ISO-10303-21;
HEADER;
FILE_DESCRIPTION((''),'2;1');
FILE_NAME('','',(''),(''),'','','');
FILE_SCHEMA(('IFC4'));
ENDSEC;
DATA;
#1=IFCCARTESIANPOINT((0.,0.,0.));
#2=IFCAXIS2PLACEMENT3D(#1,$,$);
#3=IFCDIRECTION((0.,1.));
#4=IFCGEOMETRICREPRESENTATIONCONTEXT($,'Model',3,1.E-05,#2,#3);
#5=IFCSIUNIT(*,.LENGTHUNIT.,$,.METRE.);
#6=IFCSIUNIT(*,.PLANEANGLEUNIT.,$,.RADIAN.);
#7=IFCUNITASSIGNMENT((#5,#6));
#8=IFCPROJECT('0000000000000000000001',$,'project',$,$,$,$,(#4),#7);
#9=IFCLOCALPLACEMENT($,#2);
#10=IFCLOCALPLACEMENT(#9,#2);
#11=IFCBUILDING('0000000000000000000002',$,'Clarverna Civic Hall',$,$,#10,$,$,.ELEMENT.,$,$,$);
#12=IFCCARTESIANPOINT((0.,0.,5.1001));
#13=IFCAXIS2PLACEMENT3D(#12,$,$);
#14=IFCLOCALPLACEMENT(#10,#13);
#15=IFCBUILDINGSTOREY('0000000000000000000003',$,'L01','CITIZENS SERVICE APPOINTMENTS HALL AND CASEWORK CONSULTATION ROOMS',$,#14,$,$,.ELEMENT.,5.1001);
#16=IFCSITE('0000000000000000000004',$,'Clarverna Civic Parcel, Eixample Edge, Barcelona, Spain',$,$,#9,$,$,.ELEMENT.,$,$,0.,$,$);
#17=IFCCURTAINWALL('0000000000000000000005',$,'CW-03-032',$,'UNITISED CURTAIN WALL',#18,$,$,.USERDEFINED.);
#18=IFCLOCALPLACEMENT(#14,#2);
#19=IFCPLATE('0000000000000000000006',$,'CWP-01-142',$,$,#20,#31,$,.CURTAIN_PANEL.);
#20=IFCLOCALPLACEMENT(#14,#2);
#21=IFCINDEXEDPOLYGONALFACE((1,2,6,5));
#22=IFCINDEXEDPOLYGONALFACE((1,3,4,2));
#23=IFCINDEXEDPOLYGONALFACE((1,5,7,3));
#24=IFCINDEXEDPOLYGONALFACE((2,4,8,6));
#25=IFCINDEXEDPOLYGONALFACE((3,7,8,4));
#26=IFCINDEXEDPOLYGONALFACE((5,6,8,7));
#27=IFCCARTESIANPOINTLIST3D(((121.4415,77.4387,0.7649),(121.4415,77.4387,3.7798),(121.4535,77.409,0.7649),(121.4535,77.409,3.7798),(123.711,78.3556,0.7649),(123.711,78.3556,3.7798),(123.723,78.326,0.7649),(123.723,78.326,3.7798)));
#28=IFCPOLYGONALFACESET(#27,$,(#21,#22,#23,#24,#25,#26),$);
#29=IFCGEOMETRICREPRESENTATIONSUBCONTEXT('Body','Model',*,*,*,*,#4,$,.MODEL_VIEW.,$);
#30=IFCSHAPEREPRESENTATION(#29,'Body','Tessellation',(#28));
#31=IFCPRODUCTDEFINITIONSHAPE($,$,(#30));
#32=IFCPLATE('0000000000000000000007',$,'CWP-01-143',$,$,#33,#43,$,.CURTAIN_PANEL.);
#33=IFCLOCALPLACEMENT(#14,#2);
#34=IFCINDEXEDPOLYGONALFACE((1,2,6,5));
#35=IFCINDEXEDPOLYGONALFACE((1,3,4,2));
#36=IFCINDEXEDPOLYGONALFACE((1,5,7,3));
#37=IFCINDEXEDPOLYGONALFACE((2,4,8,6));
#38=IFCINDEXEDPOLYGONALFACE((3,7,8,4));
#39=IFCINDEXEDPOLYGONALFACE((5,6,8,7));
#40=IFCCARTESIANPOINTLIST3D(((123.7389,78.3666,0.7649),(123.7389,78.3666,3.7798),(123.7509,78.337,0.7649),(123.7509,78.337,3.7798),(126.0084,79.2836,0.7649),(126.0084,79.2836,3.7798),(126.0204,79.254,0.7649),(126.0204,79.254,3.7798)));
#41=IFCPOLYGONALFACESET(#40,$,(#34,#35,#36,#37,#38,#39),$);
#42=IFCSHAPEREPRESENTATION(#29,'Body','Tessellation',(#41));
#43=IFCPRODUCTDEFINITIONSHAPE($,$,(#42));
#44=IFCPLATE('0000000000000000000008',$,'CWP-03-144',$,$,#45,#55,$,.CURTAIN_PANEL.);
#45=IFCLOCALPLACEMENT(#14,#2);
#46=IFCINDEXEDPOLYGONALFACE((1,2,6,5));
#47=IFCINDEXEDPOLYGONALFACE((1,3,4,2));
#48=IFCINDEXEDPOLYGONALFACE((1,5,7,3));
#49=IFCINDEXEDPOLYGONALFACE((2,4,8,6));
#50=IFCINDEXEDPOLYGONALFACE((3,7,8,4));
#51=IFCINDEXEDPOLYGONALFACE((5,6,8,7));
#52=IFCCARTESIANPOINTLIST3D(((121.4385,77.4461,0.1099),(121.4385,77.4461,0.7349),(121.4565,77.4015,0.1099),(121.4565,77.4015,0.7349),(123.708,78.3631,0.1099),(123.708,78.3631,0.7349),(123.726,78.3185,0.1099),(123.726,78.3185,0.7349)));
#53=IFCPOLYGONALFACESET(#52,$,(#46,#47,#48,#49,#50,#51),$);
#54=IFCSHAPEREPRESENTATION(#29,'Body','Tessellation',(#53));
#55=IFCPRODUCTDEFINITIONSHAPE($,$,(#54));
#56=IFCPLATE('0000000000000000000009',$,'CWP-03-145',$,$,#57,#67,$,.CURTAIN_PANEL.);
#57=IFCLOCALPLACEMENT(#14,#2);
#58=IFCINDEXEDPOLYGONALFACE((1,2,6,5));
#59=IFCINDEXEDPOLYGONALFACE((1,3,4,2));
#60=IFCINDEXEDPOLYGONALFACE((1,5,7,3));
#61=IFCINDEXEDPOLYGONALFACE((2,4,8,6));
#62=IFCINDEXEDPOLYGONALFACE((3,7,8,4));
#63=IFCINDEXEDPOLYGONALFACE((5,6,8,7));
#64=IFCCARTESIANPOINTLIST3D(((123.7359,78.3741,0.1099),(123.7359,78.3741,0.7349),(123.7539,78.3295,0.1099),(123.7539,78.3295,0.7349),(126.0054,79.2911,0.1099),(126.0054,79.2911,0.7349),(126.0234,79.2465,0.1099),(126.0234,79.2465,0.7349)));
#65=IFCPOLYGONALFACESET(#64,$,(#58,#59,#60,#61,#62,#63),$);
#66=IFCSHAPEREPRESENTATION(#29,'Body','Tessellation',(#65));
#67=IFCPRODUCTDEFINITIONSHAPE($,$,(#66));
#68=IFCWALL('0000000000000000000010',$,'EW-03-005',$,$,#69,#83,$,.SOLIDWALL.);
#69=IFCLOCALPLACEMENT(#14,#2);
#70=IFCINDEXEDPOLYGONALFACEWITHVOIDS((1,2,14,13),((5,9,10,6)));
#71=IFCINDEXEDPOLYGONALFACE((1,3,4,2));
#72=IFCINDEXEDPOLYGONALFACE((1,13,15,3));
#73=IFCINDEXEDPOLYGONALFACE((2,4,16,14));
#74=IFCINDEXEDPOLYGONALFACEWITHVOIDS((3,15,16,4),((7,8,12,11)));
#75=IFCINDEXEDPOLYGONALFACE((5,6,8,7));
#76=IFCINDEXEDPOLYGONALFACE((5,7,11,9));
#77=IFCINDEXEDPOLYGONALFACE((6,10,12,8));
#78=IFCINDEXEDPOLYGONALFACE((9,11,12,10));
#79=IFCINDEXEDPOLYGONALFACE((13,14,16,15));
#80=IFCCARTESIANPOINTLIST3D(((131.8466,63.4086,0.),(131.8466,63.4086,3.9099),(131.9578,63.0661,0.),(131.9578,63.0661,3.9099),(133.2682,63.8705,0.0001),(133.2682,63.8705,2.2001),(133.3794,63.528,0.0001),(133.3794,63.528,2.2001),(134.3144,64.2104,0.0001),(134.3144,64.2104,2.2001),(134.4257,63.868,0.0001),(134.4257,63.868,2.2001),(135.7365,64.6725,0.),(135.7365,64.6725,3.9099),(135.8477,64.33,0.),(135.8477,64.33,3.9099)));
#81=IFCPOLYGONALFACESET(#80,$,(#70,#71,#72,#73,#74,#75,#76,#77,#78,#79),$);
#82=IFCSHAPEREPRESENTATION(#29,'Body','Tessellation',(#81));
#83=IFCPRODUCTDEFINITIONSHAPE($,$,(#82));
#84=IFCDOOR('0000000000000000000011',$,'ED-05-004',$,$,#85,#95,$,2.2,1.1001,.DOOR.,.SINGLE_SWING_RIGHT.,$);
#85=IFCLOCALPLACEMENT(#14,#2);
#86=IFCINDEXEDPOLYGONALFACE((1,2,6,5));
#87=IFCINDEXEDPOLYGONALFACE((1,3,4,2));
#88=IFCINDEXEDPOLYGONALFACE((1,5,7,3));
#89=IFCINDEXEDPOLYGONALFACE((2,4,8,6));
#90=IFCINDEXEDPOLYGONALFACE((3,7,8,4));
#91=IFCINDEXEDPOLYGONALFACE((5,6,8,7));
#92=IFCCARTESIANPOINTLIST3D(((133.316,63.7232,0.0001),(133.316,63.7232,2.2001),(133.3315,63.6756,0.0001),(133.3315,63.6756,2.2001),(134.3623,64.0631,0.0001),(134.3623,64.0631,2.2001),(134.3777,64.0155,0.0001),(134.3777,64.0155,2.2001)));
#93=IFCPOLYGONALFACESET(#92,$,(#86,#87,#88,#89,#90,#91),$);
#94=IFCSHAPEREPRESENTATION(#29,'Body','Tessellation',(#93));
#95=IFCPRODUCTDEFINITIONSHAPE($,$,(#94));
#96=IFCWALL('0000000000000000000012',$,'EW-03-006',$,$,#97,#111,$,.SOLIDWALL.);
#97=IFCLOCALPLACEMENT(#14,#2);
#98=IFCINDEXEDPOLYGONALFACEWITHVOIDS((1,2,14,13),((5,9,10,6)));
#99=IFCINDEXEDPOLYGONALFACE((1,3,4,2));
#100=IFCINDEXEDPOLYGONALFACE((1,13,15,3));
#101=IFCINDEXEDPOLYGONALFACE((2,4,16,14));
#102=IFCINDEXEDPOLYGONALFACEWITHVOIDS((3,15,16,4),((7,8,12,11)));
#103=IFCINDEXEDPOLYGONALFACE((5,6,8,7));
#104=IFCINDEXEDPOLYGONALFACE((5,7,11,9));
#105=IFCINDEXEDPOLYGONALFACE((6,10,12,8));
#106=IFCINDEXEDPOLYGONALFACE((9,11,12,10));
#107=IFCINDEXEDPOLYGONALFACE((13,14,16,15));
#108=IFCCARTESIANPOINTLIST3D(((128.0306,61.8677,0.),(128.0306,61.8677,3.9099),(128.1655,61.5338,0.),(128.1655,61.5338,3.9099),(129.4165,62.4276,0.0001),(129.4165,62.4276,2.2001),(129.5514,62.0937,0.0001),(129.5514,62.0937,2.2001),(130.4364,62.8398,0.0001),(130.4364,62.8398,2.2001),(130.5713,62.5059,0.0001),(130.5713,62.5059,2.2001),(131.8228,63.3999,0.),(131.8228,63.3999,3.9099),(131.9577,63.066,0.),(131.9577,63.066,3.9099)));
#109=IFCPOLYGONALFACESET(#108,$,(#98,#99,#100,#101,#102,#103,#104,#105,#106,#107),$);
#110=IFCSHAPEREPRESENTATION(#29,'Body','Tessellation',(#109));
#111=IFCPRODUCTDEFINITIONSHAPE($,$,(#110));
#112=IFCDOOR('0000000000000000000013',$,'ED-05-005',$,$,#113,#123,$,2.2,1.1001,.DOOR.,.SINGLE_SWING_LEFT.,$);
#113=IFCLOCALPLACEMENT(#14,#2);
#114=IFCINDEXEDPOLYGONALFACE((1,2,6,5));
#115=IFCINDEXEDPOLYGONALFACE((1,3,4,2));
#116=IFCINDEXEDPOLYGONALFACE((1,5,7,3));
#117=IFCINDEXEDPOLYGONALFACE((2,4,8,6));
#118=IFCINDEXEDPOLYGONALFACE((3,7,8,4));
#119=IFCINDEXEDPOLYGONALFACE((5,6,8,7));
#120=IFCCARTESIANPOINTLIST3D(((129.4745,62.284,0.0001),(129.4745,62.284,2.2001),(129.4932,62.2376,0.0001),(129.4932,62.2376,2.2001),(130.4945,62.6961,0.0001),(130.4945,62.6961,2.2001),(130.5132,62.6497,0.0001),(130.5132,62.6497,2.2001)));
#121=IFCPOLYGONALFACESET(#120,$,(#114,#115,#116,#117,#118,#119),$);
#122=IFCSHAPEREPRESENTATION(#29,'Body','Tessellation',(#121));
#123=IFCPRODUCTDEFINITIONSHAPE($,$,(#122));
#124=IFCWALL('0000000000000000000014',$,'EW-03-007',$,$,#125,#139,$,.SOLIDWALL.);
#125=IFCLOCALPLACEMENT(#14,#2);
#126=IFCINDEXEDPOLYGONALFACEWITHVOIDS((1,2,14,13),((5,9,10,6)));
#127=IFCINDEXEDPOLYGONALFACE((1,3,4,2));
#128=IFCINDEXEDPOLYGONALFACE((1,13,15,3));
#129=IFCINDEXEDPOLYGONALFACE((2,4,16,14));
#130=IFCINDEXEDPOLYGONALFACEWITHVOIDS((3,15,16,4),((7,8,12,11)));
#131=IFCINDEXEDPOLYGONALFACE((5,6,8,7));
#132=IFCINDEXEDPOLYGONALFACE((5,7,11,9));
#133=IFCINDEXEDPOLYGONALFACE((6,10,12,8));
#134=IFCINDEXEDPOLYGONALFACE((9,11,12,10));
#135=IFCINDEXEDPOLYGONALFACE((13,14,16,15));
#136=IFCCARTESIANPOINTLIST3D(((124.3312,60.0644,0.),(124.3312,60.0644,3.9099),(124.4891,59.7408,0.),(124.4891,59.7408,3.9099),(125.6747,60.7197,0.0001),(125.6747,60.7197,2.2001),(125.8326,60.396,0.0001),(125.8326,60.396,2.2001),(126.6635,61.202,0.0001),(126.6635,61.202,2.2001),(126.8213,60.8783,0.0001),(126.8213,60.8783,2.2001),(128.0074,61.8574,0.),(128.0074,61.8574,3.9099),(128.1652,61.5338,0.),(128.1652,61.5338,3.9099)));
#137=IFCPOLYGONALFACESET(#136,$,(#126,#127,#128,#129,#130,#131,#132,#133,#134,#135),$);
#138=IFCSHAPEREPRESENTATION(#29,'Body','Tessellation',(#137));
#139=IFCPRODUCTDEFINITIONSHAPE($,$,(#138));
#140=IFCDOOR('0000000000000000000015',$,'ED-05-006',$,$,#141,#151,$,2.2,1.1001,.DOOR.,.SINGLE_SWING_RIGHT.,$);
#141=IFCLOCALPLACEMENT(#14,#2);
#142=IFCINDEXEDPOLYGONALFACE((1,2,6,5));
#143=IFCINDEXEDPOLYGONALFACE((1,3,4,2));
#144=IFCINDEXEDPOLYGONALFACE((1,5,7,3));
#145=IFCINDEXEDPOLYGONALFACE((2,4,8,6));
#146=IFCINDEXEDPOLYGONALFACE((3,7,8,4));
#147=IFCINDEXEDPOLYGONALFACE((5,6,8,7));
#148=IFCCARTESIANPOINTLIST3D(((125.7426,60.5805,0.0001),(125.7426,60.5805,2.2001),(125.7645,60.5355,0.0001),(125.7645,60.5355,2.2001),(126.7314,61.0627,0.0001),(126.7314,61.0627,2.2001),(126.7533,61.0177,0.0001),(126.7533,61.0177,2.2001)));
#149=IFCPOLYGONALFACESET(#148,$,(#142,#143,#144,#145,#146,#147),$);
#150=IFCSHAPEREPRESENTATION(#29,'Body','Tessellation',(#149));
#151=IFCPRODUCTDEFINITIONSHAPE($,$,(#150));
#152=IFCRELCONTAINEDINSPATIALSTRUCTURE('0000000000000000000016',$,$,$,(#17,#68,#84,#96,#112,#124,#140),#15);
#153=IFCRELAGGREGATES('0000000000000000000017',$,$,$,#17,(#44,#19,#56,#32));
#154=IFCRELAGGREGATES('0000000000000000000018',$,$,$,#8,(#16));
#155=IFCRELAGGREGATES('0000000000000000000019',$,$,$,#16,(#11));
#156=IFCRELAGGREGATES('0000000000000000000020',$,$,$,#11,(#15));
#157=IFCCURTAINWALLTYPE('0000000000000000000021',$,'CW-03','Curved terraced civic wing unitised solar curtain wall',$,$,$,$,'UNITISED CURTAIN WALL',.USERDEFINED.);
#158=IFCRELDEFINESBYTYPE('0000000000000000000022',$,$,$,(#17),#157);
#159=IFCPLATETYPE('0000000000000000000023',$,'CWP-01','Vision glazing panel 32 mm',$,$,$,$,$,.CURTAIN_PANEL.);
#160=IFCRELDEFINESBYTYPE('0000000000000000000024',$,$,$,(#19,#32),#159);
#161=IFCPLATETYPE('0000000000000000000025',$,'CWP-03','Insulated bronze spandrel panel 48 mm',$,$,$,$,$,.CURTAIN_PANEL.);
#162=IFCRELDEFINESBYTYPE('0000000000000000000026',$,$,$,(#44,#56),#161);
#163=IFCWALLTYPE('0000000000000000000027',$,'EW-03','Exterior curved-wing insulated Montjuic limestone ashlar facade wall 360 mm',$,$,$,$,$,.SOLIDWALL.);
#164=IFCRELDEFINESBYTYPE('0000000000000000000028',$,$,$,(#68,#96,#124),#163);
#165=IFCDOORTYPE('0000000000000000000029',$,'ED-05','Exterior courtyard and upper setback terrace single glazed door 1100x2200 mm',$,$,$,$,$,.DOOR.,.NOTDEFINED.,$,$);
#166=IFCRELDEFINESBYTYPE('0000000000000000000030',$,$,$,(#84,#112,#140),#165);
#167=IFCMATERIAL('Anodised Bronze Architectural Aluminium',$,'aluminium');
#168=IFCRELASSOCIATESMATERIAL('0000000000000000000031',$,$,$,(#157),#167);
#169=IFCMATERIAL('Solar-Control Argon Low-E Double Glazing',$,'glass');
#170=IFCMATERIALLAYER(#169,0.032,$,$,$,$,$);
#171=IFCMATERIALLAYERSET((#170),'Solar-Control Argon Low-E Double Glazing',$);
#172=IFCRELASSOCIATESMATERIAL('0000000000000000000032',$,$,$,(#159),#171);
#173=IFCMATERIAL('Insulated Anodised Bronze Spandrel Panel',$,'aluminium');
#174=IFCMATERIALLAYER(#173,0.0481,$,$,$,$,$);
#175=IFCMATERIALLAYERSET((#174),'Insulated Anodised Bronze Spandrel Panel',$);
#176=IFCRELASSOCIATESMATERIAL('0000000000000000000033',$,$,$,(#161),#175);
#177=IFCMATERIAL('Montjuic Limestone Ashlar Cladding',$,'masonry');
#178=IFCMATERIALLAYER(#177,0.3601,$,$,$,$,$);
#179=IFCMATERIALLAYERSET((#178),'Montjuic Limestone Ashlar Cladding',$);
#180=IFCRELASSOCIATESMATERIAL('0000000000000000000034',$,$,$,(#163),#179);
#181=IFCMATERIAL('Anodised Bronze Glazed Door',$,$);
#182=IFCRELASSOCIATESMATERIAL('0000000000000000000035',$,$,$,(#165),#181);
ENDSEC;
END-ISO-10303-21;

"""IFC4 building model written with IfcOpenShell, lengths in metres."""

from ifc_helpers import new_model, si_unit, direction, frame, frame_2d, origin, place, context, subcontext, project, spatial, rectangle, extrude, material, layer, layer_set, type_object, element, fill, aggregate, save


model = new_model("IFC4")

# Units and contexts
model_context = context("Model", 3, precision=1e-05, world=origin(), true_north=direction((0.0, 1.0)))
body_context = subcontext(model_context, "Body", "Model", "MODEL_VIEW")
ifc_project = project(units=[si_unit("LENGTHUNIT", "METRE"), si_unit("PLANEANGLEUNIT", "RADIAN")], contexts=[model_context])

# Site, building, storey
site_placement = place(None, origin())
site = spatial("IfcSite", under=ifc_project, at=site_placement, Name="Clarverna Civic Parcel, Eixample Edge, Barcelona, Spain", CompositionType="ELEMENT", RefElevation=0.0)
building_placement = place(site_placement, origin())
building = spatial("IfcBuilding", under=site, at=building_placement, Name="Clarverna Civic Hall", CompositionType="ELEMENT")
storey_placement = place(building_placement, frame((0.0, 0.0, 5.1001)))
storey = spatial("IfcBuildingStorey", under=building, at=storey_placement, Name="L01", Description="CITIZENS SERVICE APPOINTMENTS HALL AND CASEWORK CONSULTATION ROOMS", CompositionType="ELEMENT", Elevation=5.1001)

# Curtain wall, plates
ifc_material_1 = material(Name="Anodised Bronze Architectural Aluminium", Category="aluminium")
curtain_wall_type = type_object("IfcCurtainWallType", Name="CW-03", Description="Curved terraced civic wing unitised solar curtain wall", ElementType="UNITISED CURTAIN WALL", PredefinedType="USERDEFINED", material=ifc_material_1)
curtain_wall_placement = place(storey_placement, origin())
curtain_wall = element("IfcCurtainWall", 1, at=curtain_wall_placement, inside=storey, type_object=curtain_wall_type, Name="CW-03-032", ObjectType="UNITISED CURTAIN WALL", PredefinedType="USERDEFINED")
ifc_material_2 = material(Name="Solar-Control Argon Low-E Double Glazing", Category="glass")
ifc_layer_1 = layer(ifc_material_2, 0.032)
ifc_layer_set_1 = layer_set([ifc_layer_1], Name="Solar-Control Argon Low-E Double Glazing")
plate_type_1 = type_object("IfcPlateType", Name="CWP-01", Description="Vision glazing panel 32 mm", PredefinedType="CURTAIN_PANEL", material=ifc_layer_set_1)
plate_1_placement = place(storey_placement, frame((121.4475, 77.4238, 0.7649), z_axis=(0.0, 0.0, 1.0), x_axis=(0.927178, 0.374621, 0.0)))
plate_1 = element("IfcPlate", 2, at=plate_1_placement, type_object=plate_type_1, Name="CWP-01-142", PredefinedType="CURTAIN_PANEL", context=body_context, shape_type="SweptSolid", body=[
    extrude(rectangle(XDim=2.4478, YDim=0.032, at=frame_2d((1.2239, 0.0))), origin(), (0.0, 0.0, 1.0), 3.0149),
])
plate_2_placement = place(storey_placement, frame((123.7449, 78.3518, 0.7649), z_axis=(0.0, 0.0, 1.0), x_axis=(0.927178, 0.374621, 0.0)))
plate_2 = element("IfcPlate", 3, at=plate_2_placement, type_object=plate_type_1, Name="CWP-01-143", PredefinedType="CURTAIN_PANEL", context=body_context, shape_type="SweptSolid", body=[
    extrude(rectangle(XDim=2.4478, YDim=0.032, at=frame_2d((1.2239, 0.0))), origin(), (0.0, 0.0, 1.0), 3.0149),
])
ifc_material_3 = material(Name="Insulated Anodised Bronze Spandrel Panel", Category="aluminium")
ifc_layer_2 = layer(ifc_material_3, 0.0481)
ifc_layer_set_2 = layer_set([ifc_layer_2], Name="Insulated Anodised Bronze Spandrel Panel")
plate_type_2 = type_object("IfcPlateType", Name="CWP-03", Description="Insulated bronze spandrel panel 48 mm", PredefinedType="CURTAIN_PANEL", material=ifc_layer_set_2)
plate_3_placement = place(storey_placement, frame((121.4475, 77.4238, 0.1099), z_axis=(0.0, 0.0, 1.0), x_axis=(0.927178, 0.374621, 0.0)))
plate_3 = element("IfcPlate", 4, at=plate_3_placement, type_object=plate_type_2, Name="CWP-03-144", PredefinedType="CURTAIN_PANEL", context=body_context, shape_type="SweptSolid", body=[
    extrude(rectangle(XDim=2.4478, YDim=0.0481, at=frame_2d((1.2239, 0.0))), origin(), (0.0, 0.0, 1.0), 0.625),
])
plate_4_placement = place(storey_placement, frame((123.7449, 78.3518, 0.1099), z_axis=(0.0, 0.0, 1.0), x_axis=(0.927178, 0.374621, 0.0)))
plate_4 = element("IfcPlate", 5, at=plate_4_placement, type_object=plate_type_2, Name="CWP-03-145", PredefinedType="CURTAIN_PANEL", context=body_context, shape_type="SweptSolid", body=[
    extrude(rectangle(XDim=2.4478, YDim=0.0481, at=frame_2d((1.2239, 0.0))), origin(), (0.0, 0.0, 1.0), 0.625),
])
aggregate(curtain_wall, [plate_3, plate_1, plate_4, plate_2])

# Walls, openings, doors
ifc_material_4 = material(Name="Montjuic Limestone Ashlar Cladding", Category="masonry")
ifc_layer_3 = layer(ifc_material_4, 0.3601)
ifc_layer_set_3 = layer_set([ifc_layer_3], Name="Montjuic Limestone Ashlar Cladding")
wall_type = type_object("IfcWallType", Name="EW-03", Description="Exterior curved-wing insulated Montjuic limestone ashlar facade wall 360 mm", PredefinedType="SOLIDWALL", material=ifc_layer_set_3)
wall_1_placement = place(storey_placement, frame((135.792, 64.5012, 0.0), z_axis=(0.0, 0.0, 1.0), x_axis=(-0.951056, -0.30902, 0.0)))
wall_1 = element("IfcWall", 6, at=wall_1_placement, inside=storey, type_object=wall_type, Name="EW-03-005", PredefinedType="SOLIDWALL", context=body_context, shape_type="SweptSolid", body=[
    extrude(rectangle(XDim=4.0901, YDim=0.3601, at=frame_2d((2.0449, 0.0))), origin(), (0.0, 0.0, 1.0), 3.9099),
])
opening_1_placement = place(wall_1_placement, frame((1.4951, 0.0, 0.0)))
opening_1 = element("IfcOpeningElement", 7, at=opening_1_placement, cuts=wall_1, PredefinedType="OPENING", context=body_context, shape_type="SweptSolid", body=[
    extrude(rectangle(XDim=1.1001, YDim=2.2, at=frame_2d((0.55, 1.1001))), frame((0.0, 0.1899, 0.0), z_axis=(0.0, -1.0, 0.0), x_axis=(1.0, 0.0, 0.0)), (0.0, 0.0, 1.0), 0.3801),
])
ifc_material_5 = material(Name="Anodised Bronze Glazed Door")
door_type = type_object("IfcDoorType", Name="ED-05", Description="Exterior courtyard and upper setback terrace single glazed door 1100x2200 mm", OperationType="NOTDEFINED", PredefinedType="DOOR", material=ifc_material_5)
door_1_placement = place(opening_1_placement, origin())
door_1 = element("IfcDoor", 8, at=door_1_placement, inside=storey, type_object=door_type, Name="ED-05-004", OperationType="SINGLE_SWING_RIGHT", OverallHeight=2.2, OverallWidth=1.1001, PredefinedType="DOOR", context=body_context, shape_type="SweptSolid", body=[
    extrude(rectangle(XDim=1.1001, YDim=2.2, at=frame_2d((0.55, 1.1001))), frame((0.0, 0.0249, 0.0), z_axis=(0.0, -1.0, 0.0), x_axis=(1.0, 0.0, 0.0)), (0.0, 0.0, 1.0), 0.05),
])
fill(opening_1, door_1)
wall_2_placement = place(storey_placement, frame((131.8901, 63.2329, 0.0), z_axis=(0.0, 0.0, 1.0), x_axis=(-0.927178, -0.37462, 0.0)))
wall_2 = element("IfcWall", 9, at=wall_2_placement, inside=storey, type_object=wall_type, Name="EW-03-006", PredefinedType="SOLIDWALL", context=body_context, shape_type="SweptSolid", body=[
    extrude(rectangle(XDim=4.0901, YDim=0.3601, at=frame_2d((2.0449, 0.0))), origin(), (0.0, 0.0, 1.0), 3.9099),
])
opening_2_placement = place(wall_2_placement, frame((1.4951, 0.0, 0.0)))
opening_2 = element("IfcOpeningElement", 10, at=opening_2_placement, cuts=wall_2, PredefinedType="OPENING", context=body_context, shape_type="SweptSolid", body=[
    extrude(rectangle(XDim=1.1001, YDim=2.2, at=frame_2d((0.55, 1.1001))), frame((0.0, 0.1899, 0.0), z_axis=(0.0, -1.0, 0.0), x_axis=(1.0, 0.0, 0.0)), (0.0, 0.0, 1.0), 0.3801),
])
door_2_placement = place(opening_2_placement, origin())
door_2 = element("IfcDoor", 11, at=door_2_placement, inside=storey, type_object=door_type, Name="ED-05-005", OperationType="SINGLE_SWING_LEFT", OverallHeight=2.2, OverallWidth=1.1001, PredefinedType="DOOR", context=body_context, shape_type="SweptSolid", body=[
    extrude(rectangle(XDim=1.1001, YDim=2.2, at=frame_2d((0.55, 1.1001))), frame((0.0, 0.0249, 0.0), z_axis=(0.0, -1.0, 0.0), x_axis=(1.0, 0.0, 0.0)), (0.0, 0.0, 1.0), 0.05),
])
fill(opening_2, door_2)
wall_3_placement = place(storey_placement, frame((128.0862, 61.6956, 0.0), z_axis=(0.0, 0.0, 1.0), x_axis=(-0.898789, -0.438381, 0.0)))
wall_3 = element("IfcWall", 12, at=wall_3_placement, inside=storey, type_object=wall_type, Name="EW-03-007", PredefinedType="SOLIDWALL", context=body_context, shape_type="SweptSolid", body=[
    extrude(rectangle(XDim=4.0901, YDim=0.3601, at=frame_2d((2.0449, 0.0))), origin(), (0.0, 0.0, 1.0), 3.9099),
])
opening_3_placement = place(wall_3_placement, frame((1.4951, 0.0, 0.0)))
opening_3 = element("IfcOpeningElement", 13, at=opening_3_placement, cuts=wall_3, PredefinedType="OPENING", context=body_context, shape_type="SweptSolid", body=[
    extrude(rectangle(XDim=1.1001, YDim=2.2, at=frame_2d((0.55, 1.1001))), frame((0.0, 0.1899, 0.0), z_axis=(0.0, -1.0, 0.0), x_axis=(1.0, 0.0, 0.0)), (0.0, 0.0, 1.0), 0.3801),
])
door_3_placement = place(opening_3_placement, origin())
door_3 = element("IfcDoor", 14, at=door_3_placement, inside=storey, type_object=door_type, Name="ED-05-006", OperationType="SINGLE_SWING_RIGHT", OverallHeight=2.2, OverallWidth=1.1001, PredefinedType="DOOR", context=body_context, shape_type="SweptSolid", body=[
    extrude(rectangle(XDim=1.1001, YDim=2.2, at=frame_2d((0.55, 1.1001))), frame((0.0, 0.0249, 0.0), z_axis=(0.0, -1.0, 0.0), x_axis=(1.0, 0.0, 0.0)), (0.0, 0.0, 1.0), 0.05),
])
fill(opening_3, door_3)

save(model, "model.ifc")
